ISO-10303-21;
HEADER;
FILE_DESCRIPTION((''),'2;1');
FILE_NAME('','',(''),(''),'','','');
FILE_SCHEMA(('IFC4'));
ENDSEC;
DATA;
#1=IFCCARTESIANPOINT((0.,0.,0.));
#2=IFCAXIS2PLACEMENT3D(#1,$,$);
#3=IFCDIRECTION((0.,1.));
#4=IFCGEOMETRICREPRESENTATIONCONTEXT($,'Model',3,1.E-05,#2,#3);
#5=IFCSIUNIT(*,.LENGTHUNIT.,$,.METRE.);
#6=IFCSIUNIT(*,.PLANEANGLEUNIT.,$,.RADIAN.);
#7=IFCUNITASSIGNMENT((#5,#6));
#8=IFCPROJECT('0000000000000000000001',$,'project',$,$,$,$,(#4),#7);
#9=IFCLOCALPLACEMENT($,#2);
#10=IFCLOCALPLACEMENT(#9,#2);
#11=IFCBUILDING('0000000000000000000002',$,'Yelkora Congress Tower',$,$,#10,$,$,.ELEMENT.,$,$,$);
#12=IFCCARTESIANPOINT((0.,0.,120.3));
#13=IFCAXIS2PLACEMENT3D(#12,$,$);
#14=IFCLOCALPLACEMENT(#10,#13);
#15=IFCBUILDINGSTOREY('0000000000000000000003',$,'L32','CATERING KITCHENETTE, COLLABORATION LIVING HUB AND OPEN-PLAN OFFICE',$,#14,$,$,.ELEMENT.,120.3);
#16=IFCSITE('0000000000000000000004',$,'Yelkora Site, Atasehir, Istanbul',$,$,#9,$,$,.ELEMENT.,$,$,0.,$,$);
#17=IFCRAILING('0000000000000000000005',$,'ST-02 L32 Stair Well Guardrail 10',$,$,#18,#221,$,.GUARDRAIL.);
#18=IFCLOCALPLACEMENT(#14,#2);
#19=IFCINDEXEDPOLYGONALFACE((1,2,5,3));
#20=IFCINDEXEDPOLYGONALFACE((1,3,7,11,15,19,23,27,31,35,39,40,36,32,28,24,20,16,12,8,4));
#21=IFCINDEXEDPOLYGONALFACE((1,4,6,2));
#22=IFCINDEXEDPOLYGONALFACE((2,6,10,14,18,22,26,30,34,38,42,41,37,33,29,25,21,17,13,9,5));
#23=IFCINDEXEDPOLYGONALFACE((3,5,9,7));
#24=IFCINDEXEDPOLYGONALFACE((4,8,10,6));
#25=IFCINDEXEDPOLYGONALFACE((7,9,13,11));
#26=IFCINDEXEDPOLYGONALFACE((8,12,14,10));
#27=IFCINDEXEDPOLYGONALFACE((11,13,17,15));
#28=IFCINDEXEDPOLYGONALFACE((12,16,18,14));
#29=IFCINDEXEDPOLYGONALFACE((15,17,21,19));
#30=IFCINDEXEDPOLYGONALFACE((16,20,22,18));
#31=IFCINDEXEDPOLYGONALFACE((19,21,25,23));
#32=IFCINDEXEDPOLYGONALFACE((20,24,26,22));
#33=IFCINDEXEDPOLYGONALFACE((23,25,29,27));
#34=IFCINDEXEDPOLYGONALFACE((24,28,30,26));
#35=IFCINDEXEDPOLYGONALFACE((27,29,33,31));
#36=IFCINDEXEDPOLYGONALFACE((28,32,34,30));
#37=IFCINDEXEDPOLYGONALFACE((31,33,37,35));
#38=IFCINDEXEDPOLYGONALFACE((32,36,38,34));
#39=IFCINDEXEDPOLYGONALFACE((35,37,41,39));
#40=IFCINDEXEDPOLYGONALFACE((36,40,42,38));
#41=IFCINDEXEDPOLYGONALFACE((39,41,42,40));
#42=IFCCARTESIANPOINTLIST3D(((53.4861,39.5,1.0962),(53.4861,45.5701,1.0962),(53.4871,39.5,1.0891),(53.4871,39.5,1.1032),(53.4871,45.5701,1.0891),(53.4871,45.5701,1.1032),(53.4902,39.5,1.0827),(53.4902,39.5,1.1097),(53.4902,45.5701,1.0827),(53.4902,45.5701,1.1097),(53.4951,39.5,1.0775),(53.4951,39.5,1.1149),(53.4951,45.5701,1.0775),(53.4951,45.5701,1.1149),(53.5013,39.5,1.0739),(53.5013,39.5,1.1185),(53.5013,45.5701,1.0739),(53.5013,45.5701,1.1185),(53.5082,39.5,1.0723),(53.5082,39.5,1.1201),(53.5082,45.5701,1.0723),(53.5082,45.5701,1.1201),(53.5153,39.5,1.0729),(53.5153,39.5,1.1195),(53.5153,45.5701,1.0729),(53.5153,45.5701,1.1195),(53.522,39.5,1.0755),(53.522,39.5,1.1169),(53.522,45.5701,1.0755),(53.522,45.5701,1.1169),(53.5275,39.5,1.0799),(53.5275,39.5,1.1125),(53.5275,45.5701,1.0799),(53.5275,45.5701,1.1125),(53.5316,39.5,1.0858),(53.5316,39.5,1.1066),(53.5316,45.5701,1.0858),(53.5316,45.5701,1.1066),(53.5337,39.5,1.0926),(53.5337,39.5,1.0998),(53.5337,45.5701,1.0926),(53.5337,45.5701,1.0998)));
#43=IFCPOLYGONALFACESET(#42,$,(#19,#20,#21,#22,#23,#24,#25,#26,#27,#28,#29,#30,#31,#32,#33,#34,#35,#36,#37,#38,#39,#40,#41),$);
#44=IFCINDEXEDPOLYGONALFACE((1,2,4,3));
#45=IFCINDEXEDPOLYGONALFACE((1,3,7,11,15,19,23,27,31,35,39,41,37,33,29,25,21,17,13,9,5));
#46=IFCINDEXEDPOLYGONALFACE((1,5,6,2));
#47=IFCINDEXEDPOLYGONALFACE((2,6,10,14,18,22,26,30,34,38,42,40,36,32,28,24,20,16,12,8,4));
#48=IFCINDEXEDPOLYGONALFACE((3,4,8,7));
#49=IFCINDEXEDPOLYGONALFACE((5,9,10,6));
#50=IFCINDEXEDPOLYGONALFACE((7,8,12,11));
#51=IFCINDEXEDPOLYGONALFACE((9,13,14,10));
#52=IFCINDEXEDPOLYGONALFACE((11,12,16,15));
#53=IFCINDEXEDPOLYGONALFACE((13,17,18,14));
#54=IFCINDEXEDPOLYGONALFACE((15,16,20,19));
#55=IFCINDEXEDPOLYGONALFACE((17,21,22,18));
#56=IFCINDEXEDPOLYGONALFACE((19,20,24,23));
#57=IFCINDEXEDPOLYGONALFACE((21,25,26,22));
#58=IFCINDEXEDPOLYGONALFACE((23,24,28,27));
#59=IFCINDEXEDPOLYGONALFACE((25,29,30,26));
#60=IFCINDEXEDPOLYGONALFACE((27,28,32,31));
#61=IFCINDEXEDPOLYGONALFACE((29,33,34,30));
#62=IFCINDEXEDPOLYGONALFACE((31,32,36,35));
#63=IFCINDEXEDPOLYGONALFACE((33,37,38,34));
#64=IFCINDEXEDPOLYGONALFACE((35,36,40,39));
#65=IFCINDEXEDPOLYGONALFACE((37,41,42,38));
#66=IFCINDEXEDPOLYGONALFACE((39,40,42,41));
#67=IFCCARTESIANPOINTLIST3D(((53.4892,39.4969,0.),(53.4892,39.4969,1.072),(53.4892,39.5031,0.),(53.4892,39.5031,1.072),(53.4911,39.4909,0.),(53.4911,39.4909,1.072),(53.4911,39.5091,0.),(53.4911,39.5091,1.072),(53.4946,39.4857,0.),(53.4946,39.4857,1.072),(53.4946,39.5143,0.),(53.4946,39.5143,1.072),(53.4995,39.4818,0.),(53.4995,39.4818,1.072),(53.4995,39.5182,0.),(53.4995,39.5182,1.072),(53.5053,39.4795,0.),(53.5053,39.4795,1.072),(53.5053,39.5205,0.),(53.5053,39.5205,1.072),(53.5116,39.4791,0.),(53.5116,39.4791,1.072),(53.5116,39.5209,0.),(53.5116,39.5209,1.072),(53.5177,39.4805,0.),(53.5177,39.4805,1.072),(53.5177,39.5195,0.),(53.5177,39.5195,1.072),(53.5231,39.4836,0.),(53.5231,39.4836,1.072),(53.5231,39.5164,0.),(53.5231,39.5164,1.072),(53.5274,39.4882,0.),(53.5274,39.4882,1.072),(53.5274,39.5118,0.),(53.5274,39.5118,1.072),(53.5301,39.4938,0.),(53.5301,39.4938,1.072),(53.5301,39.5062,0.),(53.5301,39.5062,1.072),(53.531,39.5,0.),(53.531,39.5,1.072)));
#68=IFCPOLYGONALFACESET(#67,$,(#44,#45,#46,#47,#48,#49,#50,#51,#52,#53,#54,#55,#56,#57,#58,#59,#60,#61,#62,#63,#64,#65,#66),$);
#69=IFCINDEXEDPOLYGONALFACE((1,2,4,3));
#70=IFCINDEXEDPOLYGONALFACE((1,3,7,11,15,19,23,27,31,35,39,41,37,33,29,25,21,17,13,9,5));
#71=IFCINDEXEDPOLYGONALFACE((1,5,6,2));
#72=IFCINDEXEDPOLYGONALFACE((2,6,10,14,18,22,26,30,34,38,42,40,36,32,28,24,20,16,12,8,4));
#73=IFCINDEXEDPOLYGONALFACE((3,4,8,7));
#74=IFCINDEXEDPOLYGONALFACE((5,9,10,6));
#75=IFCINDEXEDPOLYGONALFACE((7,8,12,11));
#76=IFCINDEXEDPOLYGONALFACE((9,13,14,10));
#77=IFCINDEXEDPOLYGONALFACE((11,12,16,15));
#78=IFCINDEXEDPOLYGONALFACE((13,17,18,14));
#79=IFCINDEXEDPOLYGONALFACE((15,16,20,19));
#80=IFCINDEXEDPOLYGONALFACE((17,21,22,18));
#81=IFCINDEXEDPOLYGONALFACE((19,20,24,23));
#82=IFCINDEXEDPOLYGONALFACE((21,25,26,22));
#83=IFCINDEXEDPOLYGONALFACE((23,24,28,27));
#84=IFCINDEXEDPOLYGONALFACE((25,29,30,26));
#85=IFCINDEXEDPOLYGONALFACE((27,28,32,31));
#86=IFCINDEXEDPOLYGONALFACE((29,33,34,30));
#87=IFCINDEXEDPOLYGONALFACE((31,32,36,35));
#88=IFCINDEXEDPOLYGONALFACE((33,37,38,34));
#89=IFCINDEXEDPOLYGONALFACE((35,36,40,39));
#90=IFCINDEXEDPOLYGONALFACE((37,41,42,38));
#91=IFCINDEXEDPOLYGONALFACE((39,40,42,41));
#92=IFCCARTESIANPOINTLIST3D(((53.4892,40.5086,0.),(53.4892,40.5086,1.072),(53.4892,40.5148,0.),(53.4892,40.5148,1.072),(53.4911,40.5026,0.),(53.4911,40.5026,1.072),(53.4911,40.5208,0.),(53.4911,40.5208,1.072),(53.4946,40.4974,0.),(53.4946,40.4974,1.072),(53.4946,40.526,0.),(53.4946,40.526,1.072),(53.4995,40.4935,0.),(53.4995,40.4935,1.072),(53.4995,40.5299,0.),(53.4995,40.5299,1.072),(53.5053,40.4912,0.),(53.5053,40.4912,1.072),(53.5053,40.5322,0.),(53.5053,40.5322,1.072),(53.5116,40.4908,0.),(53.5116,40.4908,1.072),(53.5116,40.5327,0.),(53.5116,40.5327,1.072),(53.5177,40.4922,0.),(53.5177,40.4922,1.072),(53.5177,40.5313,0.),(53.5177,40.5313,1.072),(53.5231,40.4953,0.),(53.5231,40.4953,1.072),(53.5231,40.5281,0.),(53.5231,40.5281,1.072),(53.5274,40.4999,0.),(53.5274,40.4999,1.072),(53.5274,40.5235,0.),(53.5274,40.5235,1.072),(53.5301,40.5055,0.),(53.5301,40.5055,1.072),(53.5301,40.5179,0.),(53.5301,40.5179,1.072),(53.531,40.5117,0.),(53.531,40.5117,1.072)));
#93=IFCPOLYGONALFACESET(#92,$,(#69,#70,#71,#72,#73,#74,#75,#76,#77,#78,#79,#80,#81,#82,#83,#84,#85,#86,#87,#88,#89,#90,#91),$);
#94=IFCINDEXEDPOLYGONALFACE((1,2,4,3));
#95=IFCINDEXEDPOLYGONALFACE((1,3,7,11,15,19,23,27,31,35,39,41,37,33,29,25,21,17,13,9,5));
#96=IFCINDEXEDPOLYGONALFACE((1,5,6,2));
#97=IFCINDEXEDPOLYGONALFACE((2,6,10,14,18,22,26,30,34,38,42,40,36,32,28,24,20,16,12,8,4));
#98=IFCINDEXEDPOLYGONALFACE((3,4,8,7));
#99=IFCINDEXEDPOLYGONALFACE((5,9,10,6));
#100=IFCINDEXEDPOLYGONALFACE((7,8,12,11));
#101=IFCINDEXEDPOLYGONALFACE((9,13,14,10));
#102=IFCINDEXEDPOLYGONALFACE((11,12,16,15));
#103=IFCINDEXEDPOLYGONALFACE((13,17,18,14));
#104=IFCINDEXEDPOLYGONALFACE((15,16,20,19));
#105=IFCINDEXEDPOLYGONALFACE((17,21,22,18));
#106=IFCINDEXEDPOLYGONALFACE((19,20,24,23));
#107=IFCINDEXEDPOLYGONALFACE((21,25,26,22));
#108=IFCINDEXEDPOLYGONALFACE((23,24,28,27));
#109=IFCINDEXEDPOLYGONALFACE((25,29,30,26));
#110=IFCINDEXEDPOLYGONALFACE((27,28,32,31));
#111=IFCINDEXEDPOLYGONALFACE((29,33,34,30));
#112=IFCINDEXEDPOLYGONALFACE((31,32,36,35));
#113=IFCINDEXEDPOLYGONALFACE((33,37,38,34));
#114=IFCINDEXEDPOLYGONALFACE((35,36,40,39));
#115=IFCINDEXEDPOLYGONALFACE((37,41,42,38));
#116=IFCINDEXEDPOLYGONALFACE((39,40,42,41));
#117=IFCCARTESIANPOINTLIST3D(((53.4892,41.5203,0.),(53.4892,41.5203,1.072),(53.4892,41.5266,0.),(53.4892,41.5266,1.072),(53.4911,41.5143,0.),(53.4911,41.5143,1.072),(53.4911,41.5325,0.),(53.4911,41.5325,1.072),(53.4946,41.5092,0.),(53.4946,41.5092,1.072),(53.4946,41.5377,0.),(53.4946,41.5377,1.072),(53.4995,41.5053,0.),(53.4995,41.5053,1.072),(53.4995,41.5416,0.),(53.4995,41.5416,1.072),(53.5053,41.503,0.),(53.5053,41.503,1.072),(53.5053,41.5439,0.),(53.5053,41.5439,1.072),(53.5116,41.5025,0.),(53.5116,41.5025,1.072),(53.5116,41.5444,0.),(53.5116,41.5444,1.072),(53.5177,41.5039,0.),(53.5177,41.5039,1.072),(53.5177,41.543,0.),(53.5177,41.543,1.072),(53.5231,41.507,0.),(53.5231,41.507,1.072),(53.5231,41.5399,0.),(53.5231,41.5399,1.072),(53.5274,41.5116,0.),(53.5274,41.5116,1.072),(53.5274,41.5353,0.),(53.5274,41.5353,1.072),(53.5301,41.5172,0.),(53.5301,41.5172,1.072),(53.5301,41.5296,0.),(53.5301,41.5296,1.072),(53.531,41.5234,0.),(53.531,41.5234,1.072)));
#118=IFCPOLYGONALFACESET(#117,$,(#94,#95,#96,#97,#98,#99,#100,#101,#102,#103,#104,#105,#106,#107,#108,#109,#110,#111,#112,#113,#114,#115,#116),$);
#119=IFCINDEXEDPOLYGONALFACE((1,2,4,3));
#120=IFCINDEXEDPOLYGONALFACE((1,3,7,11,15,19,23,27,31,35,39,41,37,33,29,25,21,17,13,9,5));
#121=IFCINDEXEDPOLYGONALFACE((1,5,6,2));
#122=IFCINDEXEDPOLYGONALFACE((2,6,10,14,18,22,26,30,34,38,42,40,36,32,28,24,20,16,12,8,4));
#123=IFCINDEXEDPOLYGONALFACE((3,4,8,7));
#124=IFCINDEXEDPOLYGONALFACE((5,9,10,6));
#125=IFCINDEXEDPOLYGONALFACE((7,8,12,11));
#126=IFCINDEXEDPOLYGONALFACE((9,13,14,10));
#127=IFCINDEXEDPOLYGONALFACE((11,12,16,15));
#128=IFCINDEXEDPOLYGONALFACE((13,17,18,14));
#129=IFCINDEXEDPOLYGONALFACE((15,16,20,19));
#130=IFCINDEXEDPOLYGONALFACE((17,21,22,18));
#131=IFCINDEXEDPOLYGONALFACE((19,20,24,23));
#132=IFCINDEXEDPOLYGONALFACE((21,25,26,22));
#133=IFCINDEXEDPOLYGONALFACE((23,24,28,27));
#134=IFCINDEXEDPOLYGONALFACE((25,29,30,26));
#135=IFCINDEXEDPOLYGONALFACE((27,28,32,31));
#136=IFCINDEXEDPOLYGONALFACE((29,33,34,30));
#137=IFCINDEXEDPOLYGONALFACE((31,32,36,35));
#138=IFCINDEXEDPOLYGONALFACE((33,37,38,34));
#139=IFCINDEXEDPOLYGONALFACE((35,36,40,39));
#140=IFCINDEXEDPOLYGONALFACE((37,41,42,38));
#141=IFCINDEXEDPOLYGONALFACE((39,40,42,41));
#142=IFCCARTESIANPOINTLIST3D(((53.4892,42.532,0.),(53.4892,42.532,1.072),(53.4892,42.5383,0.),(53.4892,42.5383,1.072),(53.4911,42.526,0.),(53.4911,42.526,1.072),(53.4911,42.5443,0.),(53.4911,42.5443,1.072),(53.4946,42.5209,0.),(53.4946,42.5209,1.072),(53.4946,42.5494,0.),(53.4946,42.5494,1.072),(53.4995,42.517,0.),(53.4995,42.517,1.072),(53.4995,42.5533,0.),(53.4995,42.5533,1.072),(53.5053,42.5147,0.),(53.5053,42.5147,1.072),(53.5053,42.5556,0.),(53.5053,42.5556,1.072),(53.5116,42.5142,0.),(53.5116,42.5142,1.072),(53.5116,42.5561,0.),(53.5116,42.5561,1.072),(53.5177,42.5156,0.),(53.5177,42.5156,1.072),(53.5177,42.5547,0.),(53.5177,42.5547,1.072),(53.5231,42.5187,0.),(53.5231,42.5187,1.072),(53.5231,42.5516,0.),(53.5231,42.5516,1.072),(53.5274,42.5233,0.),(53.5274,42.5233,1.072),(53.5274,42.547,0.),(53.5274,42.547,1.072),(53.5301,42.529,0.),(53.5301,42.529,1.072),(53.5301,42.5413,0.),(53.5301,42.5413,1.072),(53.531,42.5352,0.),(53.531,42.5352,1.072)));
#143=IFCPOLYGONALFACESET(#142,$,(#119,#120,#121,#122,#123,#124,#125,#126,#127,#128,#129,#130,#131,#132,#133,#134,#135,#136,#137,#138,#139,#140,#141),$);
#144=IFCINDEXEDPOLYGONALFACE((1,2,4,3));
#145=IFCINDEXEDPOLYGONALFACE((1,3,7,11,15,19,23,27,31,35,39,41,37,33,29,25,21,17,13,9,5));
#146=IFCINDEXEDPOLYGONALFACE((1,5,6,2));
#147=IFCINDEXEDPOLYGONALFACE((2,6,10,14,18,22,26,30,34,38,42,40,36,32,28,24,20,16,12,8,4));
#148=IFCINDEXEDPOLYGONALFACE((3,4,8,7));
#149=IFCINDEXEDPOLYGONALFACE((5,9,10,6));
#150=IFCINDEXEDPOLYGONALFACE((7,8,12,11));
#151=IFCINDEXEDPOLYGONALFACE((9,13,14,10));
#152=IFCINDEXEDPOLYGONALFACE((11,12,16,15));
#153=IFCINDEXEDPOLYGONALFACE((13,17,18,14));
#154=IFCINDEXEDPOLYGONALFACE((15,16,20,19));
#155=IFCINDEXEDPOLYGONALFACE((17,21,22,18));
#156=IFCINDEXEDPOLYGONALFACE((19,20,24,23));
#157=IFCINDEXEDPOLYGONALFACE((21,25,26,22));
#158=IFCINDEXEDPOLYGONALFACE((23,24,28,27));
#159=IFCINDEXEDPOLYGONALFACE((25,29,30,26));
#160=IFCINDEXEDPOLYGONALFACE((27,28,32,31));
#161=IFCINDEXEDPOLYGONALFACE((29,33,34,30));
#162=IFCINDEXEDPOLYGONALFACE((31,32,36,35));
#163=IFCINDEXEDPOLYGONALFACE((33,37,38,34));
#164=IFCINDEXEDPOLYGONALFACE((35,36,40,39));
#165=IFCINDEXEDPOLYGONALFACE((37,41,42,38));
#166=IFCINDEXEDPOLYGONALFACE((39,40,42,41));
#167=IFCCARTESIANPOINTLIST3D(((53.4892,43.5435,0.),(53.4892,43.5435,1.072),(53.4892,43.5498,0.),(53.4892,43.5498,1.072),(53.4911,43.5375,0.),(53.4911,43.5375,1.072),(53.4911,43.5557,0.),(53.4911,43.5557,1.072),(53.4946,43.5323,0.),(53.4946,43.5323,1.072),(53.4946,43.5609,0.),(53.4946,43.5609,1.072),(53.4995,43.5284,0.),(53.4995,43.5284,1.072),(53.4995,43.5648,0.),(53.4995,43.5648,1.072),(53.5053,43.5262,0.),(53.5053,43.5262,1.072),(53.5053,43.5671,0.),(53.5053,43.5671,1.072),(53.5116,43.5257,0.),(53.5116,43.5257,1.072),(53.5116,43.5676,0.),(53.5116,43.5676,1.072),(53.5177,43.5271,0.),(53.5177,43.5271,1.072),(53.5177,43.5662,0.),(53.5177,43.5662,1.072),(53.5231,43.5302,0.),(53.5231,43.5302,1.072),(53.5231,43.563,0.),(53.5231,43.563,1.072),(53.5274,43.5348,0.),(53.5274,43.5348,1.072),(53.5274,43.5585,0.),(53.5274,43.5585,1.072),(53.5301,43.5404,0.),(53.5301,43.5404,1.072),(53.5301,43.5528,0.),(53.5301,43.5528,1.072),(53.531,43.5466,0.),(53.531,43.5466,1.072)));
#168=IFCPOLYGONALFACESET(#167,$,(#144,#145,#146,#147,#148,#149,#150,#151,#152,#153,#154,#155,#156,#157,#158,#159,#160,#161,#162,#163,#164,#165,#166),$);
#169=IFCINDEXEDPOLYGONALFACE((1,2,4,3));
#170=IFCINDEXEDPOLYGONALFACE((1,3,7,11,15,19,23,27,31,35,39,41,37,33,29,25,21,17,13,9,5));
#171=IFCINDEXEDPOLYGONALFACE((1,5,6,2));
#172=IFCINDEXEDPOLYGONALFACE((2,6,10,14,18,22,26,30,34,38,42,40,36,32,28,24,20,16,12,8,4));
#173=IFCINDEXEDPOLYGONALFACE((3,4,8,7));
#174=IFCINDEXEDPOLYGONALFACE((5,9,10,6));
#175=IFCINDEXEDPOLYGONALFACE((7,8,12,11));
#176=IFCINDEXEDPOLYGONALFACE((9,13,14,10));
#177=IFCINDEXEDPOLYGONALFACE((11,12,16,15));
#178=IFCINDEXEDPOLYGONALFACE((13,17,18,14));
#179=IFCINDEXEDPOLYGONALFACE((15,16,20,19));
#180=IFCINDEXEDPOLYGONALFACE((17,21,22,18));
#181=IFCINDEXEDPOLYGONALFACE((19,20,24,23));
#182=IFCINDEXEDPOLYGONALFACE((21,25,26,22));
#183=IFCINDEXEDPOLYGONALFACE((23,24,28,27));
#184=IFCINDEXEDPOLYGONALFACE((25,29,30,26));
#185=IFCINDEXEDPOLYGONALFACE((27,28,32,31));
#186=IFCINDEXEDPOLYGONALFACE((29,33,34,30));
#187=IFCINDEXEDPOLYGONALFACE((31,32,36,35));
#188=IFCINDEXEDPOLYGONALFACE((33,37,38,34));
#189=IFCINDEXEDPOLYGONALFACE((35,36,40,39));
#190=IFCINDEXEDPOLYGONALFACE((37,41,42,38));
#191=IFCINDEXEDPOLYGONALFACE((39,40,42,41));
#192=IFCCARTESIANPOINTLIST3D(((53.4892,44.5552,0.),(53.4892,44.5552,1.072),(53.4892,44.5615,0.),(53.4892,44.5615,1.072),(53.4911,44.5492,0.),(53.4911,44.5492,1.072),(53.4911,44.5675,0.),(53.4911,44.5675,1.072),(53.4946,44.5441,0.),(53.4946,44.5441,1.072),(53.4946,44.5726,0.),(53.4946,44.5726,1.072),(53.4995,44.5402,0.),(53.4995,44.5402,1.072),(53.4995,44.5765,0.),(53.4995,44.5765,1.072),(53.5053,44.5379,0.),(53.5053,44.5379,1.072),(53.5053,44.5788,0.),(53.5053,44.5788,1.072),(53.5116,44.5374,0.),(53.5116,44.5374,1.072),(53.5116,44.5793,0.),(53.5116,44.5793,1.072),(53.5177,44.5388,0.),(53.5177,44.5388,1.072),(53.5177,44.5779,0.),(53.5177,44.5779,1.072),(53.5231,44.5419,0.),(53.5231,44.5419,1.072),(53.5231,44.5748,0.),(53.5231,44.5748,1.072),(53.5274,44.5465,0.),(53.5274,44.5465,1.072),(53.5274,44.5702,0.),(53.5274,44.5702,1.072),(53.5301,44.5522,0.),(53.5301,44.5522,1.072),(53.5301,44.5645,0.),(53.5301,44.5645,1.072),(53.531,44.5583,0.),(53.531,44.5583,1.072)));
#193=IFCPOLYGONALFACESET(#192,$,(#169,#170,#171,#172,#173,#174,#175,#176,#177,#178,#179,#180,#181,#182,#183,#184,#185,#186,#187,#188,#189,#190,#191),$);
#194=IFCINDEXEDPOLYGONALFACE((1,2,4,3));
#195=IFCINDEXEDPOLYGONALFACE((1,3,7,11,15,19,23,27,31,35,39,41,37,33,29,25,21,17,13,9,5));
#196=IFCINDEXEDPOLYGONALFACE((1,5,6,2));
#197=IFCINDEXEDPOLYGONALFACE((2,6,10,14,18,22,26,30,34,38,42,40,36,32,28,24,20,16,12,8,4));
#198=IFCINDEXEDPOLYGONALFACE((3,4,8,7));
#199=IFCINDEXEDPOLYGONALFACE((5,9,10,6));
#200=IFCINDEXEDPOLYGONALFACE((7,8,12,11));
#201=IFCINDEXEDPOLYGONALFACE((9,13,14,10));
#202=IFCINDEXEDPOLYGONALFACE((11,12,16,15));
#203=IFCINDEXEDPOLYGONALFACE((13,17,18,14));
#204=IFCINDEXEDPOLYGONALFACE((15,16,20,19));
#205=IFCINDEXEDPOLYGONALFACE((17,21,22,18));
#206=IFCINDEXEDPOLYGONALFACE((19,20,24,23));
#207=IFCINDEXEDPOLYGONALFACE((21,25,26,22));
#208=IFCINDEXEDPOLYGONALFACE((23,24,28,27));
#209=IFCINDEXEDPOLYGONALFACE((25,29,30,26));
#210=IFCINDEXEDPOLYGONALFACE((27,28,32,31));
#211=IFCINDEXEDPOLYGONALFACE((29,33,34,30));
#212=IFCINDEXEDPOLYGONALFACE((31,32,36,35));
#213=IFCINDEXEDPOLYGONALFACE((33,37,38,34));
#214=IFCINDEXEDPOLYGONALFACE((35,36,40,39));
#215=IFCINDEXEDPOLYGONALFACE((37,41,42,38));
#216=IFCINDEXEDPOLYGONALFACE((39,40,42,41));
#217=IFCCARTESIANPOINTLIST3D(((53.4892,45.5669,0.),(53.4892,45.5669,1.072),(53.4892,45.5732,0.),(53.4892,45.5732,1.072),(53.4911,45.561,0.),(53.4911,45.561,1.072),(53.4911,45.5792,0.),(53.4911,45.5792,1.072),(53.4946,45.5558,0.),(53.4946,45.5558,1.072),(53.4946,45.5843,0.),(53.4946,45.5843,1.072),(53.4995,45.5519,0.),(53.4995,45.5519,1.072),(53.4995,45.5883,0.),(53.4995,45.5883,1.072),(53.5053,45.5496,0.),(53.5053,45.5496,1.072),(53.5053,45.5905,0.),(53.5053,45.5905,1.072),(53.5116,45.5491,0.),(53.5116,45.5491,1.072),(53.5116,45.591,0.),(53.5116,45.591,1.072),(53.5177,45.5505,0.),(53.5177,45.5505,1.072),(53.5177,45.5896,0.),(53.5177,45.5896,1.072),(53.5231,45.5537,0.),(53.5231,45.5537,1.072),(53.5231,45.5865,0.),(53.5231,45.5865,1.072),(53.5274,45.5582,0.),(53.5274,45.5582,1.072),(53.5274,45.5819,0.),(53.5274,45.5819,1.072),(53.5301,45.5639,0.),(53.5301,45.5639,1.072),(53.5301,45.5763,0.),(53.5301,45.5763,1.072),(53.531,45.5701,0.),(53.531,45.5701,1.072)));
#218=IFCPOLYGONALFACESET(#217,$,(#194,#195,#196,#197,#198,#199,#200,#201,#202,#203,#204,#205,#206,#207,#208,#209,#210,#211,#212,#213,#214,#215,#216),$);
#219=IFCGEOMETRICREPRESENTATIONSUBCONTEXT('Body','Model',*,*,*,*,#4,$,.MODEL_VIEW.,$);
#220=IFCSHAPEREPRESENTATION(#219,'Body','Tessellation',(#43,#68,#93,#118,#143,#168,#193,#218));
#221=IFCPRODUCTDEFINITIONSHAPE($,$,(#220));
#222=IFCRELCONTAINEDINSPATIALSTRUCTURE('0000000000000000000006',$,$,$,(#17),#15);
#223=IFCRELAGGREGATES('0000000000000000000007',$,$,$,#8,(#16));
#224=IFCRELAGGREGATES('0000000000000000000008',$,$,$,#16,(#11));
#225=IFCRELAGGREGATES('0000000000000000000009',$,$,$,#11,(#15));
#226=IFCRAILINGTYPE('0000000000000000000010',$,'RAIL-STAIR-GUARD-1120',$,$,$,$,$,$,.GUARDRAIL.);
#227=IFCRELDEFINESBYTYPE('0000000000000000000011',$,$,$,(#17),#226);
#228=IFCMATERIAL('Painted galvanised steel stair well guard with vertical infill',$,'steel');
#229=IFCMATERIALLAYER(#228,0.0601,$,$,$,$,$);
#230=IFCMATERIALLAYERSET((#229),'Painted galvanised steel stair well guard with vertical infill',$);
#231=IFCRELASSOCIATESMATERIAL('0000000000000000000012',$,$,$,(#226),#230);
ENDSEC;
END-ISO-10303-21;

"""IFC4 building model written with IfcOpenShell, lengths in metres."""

from ifc_helpers import new_model, si_unit, direction, frame, origin, origin_2d, place, context, subcontext, project, spatial, circle, extrude, material, layer, layer_set, type_object, element, save


model = new_model("IFC4")

# Units and contexts
model_context = context("Model", 3, precision=1e-05, world=origin(), true_north=direction((0.0, 1.0)))
body_context = subcontext(model_context, "Body", "Model", "MODEL_VIEW")
ifc_project = project(units=[si_unit("LENGTHUNIT", "METRE"), si_unit("PLANEANGLEUNIT", "RADIAN")], contexts=[model_context])

# Site, building, storey
site_placement = place(None, origin())
site = spatial("IfcSite", under=ifc_project, at=site_placement, Name="Yelkora Site, Atasehir, Istanbul", CompositionType="ELEMENT", RefElevation=0.0)
building_placement = place(site_placement, origin())
building = spatial("IfcBuilding", under=site, at=building_placement, Name="Yelkora Congress Tower", CompositionType="ELEMENT")
storey_placement = place(building_placement, frame((0.0, 0.0, 120.3)))
storey = spatial("IfcBuildingStorey", under=building, at=storey_placement, Name="L32", Description="CATERING KITCHENETTE, COLLABORATION LIVING HUB AND OPEN-PLAN OFFICE", CompositionType="ELEMENT", Elevation=120.3)

# Railing
ifc_material_1 = material(Name="Painted galvanised steel stair well guard with vertical infill", Category="steel")
ifc_layer_1 = layer(ifc_material_1, 0.0601)
ifc_layer_set_1 = layer_set([ifc_layer_1], Name="Painted galvanised steel stair well guard with vertical infill")
railing_type = type_object("IfcRailingType", Name="RAIL-STAIR-GUARD-1120", PredefinedType="GUARDRAIL", material=ifc_layer_set_1)
railing_1_placement = place(storey_placement, frame((53.51, 39.5, 0.0)))
element("IfcRailing", 1, at=railing_1_placement, inside=storey, type_object=railing_type, Name="ST-02 L32 Stair Well Guardrail 10", PredefinedType="GUARDRAIL", context=body_context, shape_type="SweptSolid", body=[
    extrude(circle(Radius=0.0239, at=origin_2d()), frame((0.0, 0.0, 1.0962), z_axis=(0.0, 1.0, 0.0), x_axis=(-1.0, 0.0, 0.0)), (0.0, 0.0, 1.0), 6.0701),
    extrude(circle(Radius=0.021, at=origin_2d()), origin(), (0.0, 0.0, 1.0), 1.072),
    extrude(circle(Radius=0.021, at=origin_2d()), frame((0.0, 1.0117, 0.0)), (0.0, 0.0, 1.0), 1.072),
    extrude(circle(Radius=0.021, at=origin_2d()), frame((0.0, 2.0234, 0.0)), (0.0, 0.0, 1.0), 1.072),
    extrude(circle(Radius=0.021, at=origin_2d()), frame((0.0, 3.0352, 0.0)), (0.0, 0.0, 1.0), 1.072),
    extrude(circle(Radius=0.021, at=origin_2d()), frame((0.0, 4.0466, 0.0)), (0.0, 0.0, 1.0), 1.072),
    extrude(circle(Radius=0.021, at=origin_2d()), frame((0.0, 5.0583, 0.0)), (0.0, 0.0, 1.0), 1.072),
    extrude(circle(Radius=0.021, at=origin_2d()), frame((0.0, 6.0701, 0.0)), (0.0, 0.0, 1.0), 1.072),
])

save(model, "model.ifc")
